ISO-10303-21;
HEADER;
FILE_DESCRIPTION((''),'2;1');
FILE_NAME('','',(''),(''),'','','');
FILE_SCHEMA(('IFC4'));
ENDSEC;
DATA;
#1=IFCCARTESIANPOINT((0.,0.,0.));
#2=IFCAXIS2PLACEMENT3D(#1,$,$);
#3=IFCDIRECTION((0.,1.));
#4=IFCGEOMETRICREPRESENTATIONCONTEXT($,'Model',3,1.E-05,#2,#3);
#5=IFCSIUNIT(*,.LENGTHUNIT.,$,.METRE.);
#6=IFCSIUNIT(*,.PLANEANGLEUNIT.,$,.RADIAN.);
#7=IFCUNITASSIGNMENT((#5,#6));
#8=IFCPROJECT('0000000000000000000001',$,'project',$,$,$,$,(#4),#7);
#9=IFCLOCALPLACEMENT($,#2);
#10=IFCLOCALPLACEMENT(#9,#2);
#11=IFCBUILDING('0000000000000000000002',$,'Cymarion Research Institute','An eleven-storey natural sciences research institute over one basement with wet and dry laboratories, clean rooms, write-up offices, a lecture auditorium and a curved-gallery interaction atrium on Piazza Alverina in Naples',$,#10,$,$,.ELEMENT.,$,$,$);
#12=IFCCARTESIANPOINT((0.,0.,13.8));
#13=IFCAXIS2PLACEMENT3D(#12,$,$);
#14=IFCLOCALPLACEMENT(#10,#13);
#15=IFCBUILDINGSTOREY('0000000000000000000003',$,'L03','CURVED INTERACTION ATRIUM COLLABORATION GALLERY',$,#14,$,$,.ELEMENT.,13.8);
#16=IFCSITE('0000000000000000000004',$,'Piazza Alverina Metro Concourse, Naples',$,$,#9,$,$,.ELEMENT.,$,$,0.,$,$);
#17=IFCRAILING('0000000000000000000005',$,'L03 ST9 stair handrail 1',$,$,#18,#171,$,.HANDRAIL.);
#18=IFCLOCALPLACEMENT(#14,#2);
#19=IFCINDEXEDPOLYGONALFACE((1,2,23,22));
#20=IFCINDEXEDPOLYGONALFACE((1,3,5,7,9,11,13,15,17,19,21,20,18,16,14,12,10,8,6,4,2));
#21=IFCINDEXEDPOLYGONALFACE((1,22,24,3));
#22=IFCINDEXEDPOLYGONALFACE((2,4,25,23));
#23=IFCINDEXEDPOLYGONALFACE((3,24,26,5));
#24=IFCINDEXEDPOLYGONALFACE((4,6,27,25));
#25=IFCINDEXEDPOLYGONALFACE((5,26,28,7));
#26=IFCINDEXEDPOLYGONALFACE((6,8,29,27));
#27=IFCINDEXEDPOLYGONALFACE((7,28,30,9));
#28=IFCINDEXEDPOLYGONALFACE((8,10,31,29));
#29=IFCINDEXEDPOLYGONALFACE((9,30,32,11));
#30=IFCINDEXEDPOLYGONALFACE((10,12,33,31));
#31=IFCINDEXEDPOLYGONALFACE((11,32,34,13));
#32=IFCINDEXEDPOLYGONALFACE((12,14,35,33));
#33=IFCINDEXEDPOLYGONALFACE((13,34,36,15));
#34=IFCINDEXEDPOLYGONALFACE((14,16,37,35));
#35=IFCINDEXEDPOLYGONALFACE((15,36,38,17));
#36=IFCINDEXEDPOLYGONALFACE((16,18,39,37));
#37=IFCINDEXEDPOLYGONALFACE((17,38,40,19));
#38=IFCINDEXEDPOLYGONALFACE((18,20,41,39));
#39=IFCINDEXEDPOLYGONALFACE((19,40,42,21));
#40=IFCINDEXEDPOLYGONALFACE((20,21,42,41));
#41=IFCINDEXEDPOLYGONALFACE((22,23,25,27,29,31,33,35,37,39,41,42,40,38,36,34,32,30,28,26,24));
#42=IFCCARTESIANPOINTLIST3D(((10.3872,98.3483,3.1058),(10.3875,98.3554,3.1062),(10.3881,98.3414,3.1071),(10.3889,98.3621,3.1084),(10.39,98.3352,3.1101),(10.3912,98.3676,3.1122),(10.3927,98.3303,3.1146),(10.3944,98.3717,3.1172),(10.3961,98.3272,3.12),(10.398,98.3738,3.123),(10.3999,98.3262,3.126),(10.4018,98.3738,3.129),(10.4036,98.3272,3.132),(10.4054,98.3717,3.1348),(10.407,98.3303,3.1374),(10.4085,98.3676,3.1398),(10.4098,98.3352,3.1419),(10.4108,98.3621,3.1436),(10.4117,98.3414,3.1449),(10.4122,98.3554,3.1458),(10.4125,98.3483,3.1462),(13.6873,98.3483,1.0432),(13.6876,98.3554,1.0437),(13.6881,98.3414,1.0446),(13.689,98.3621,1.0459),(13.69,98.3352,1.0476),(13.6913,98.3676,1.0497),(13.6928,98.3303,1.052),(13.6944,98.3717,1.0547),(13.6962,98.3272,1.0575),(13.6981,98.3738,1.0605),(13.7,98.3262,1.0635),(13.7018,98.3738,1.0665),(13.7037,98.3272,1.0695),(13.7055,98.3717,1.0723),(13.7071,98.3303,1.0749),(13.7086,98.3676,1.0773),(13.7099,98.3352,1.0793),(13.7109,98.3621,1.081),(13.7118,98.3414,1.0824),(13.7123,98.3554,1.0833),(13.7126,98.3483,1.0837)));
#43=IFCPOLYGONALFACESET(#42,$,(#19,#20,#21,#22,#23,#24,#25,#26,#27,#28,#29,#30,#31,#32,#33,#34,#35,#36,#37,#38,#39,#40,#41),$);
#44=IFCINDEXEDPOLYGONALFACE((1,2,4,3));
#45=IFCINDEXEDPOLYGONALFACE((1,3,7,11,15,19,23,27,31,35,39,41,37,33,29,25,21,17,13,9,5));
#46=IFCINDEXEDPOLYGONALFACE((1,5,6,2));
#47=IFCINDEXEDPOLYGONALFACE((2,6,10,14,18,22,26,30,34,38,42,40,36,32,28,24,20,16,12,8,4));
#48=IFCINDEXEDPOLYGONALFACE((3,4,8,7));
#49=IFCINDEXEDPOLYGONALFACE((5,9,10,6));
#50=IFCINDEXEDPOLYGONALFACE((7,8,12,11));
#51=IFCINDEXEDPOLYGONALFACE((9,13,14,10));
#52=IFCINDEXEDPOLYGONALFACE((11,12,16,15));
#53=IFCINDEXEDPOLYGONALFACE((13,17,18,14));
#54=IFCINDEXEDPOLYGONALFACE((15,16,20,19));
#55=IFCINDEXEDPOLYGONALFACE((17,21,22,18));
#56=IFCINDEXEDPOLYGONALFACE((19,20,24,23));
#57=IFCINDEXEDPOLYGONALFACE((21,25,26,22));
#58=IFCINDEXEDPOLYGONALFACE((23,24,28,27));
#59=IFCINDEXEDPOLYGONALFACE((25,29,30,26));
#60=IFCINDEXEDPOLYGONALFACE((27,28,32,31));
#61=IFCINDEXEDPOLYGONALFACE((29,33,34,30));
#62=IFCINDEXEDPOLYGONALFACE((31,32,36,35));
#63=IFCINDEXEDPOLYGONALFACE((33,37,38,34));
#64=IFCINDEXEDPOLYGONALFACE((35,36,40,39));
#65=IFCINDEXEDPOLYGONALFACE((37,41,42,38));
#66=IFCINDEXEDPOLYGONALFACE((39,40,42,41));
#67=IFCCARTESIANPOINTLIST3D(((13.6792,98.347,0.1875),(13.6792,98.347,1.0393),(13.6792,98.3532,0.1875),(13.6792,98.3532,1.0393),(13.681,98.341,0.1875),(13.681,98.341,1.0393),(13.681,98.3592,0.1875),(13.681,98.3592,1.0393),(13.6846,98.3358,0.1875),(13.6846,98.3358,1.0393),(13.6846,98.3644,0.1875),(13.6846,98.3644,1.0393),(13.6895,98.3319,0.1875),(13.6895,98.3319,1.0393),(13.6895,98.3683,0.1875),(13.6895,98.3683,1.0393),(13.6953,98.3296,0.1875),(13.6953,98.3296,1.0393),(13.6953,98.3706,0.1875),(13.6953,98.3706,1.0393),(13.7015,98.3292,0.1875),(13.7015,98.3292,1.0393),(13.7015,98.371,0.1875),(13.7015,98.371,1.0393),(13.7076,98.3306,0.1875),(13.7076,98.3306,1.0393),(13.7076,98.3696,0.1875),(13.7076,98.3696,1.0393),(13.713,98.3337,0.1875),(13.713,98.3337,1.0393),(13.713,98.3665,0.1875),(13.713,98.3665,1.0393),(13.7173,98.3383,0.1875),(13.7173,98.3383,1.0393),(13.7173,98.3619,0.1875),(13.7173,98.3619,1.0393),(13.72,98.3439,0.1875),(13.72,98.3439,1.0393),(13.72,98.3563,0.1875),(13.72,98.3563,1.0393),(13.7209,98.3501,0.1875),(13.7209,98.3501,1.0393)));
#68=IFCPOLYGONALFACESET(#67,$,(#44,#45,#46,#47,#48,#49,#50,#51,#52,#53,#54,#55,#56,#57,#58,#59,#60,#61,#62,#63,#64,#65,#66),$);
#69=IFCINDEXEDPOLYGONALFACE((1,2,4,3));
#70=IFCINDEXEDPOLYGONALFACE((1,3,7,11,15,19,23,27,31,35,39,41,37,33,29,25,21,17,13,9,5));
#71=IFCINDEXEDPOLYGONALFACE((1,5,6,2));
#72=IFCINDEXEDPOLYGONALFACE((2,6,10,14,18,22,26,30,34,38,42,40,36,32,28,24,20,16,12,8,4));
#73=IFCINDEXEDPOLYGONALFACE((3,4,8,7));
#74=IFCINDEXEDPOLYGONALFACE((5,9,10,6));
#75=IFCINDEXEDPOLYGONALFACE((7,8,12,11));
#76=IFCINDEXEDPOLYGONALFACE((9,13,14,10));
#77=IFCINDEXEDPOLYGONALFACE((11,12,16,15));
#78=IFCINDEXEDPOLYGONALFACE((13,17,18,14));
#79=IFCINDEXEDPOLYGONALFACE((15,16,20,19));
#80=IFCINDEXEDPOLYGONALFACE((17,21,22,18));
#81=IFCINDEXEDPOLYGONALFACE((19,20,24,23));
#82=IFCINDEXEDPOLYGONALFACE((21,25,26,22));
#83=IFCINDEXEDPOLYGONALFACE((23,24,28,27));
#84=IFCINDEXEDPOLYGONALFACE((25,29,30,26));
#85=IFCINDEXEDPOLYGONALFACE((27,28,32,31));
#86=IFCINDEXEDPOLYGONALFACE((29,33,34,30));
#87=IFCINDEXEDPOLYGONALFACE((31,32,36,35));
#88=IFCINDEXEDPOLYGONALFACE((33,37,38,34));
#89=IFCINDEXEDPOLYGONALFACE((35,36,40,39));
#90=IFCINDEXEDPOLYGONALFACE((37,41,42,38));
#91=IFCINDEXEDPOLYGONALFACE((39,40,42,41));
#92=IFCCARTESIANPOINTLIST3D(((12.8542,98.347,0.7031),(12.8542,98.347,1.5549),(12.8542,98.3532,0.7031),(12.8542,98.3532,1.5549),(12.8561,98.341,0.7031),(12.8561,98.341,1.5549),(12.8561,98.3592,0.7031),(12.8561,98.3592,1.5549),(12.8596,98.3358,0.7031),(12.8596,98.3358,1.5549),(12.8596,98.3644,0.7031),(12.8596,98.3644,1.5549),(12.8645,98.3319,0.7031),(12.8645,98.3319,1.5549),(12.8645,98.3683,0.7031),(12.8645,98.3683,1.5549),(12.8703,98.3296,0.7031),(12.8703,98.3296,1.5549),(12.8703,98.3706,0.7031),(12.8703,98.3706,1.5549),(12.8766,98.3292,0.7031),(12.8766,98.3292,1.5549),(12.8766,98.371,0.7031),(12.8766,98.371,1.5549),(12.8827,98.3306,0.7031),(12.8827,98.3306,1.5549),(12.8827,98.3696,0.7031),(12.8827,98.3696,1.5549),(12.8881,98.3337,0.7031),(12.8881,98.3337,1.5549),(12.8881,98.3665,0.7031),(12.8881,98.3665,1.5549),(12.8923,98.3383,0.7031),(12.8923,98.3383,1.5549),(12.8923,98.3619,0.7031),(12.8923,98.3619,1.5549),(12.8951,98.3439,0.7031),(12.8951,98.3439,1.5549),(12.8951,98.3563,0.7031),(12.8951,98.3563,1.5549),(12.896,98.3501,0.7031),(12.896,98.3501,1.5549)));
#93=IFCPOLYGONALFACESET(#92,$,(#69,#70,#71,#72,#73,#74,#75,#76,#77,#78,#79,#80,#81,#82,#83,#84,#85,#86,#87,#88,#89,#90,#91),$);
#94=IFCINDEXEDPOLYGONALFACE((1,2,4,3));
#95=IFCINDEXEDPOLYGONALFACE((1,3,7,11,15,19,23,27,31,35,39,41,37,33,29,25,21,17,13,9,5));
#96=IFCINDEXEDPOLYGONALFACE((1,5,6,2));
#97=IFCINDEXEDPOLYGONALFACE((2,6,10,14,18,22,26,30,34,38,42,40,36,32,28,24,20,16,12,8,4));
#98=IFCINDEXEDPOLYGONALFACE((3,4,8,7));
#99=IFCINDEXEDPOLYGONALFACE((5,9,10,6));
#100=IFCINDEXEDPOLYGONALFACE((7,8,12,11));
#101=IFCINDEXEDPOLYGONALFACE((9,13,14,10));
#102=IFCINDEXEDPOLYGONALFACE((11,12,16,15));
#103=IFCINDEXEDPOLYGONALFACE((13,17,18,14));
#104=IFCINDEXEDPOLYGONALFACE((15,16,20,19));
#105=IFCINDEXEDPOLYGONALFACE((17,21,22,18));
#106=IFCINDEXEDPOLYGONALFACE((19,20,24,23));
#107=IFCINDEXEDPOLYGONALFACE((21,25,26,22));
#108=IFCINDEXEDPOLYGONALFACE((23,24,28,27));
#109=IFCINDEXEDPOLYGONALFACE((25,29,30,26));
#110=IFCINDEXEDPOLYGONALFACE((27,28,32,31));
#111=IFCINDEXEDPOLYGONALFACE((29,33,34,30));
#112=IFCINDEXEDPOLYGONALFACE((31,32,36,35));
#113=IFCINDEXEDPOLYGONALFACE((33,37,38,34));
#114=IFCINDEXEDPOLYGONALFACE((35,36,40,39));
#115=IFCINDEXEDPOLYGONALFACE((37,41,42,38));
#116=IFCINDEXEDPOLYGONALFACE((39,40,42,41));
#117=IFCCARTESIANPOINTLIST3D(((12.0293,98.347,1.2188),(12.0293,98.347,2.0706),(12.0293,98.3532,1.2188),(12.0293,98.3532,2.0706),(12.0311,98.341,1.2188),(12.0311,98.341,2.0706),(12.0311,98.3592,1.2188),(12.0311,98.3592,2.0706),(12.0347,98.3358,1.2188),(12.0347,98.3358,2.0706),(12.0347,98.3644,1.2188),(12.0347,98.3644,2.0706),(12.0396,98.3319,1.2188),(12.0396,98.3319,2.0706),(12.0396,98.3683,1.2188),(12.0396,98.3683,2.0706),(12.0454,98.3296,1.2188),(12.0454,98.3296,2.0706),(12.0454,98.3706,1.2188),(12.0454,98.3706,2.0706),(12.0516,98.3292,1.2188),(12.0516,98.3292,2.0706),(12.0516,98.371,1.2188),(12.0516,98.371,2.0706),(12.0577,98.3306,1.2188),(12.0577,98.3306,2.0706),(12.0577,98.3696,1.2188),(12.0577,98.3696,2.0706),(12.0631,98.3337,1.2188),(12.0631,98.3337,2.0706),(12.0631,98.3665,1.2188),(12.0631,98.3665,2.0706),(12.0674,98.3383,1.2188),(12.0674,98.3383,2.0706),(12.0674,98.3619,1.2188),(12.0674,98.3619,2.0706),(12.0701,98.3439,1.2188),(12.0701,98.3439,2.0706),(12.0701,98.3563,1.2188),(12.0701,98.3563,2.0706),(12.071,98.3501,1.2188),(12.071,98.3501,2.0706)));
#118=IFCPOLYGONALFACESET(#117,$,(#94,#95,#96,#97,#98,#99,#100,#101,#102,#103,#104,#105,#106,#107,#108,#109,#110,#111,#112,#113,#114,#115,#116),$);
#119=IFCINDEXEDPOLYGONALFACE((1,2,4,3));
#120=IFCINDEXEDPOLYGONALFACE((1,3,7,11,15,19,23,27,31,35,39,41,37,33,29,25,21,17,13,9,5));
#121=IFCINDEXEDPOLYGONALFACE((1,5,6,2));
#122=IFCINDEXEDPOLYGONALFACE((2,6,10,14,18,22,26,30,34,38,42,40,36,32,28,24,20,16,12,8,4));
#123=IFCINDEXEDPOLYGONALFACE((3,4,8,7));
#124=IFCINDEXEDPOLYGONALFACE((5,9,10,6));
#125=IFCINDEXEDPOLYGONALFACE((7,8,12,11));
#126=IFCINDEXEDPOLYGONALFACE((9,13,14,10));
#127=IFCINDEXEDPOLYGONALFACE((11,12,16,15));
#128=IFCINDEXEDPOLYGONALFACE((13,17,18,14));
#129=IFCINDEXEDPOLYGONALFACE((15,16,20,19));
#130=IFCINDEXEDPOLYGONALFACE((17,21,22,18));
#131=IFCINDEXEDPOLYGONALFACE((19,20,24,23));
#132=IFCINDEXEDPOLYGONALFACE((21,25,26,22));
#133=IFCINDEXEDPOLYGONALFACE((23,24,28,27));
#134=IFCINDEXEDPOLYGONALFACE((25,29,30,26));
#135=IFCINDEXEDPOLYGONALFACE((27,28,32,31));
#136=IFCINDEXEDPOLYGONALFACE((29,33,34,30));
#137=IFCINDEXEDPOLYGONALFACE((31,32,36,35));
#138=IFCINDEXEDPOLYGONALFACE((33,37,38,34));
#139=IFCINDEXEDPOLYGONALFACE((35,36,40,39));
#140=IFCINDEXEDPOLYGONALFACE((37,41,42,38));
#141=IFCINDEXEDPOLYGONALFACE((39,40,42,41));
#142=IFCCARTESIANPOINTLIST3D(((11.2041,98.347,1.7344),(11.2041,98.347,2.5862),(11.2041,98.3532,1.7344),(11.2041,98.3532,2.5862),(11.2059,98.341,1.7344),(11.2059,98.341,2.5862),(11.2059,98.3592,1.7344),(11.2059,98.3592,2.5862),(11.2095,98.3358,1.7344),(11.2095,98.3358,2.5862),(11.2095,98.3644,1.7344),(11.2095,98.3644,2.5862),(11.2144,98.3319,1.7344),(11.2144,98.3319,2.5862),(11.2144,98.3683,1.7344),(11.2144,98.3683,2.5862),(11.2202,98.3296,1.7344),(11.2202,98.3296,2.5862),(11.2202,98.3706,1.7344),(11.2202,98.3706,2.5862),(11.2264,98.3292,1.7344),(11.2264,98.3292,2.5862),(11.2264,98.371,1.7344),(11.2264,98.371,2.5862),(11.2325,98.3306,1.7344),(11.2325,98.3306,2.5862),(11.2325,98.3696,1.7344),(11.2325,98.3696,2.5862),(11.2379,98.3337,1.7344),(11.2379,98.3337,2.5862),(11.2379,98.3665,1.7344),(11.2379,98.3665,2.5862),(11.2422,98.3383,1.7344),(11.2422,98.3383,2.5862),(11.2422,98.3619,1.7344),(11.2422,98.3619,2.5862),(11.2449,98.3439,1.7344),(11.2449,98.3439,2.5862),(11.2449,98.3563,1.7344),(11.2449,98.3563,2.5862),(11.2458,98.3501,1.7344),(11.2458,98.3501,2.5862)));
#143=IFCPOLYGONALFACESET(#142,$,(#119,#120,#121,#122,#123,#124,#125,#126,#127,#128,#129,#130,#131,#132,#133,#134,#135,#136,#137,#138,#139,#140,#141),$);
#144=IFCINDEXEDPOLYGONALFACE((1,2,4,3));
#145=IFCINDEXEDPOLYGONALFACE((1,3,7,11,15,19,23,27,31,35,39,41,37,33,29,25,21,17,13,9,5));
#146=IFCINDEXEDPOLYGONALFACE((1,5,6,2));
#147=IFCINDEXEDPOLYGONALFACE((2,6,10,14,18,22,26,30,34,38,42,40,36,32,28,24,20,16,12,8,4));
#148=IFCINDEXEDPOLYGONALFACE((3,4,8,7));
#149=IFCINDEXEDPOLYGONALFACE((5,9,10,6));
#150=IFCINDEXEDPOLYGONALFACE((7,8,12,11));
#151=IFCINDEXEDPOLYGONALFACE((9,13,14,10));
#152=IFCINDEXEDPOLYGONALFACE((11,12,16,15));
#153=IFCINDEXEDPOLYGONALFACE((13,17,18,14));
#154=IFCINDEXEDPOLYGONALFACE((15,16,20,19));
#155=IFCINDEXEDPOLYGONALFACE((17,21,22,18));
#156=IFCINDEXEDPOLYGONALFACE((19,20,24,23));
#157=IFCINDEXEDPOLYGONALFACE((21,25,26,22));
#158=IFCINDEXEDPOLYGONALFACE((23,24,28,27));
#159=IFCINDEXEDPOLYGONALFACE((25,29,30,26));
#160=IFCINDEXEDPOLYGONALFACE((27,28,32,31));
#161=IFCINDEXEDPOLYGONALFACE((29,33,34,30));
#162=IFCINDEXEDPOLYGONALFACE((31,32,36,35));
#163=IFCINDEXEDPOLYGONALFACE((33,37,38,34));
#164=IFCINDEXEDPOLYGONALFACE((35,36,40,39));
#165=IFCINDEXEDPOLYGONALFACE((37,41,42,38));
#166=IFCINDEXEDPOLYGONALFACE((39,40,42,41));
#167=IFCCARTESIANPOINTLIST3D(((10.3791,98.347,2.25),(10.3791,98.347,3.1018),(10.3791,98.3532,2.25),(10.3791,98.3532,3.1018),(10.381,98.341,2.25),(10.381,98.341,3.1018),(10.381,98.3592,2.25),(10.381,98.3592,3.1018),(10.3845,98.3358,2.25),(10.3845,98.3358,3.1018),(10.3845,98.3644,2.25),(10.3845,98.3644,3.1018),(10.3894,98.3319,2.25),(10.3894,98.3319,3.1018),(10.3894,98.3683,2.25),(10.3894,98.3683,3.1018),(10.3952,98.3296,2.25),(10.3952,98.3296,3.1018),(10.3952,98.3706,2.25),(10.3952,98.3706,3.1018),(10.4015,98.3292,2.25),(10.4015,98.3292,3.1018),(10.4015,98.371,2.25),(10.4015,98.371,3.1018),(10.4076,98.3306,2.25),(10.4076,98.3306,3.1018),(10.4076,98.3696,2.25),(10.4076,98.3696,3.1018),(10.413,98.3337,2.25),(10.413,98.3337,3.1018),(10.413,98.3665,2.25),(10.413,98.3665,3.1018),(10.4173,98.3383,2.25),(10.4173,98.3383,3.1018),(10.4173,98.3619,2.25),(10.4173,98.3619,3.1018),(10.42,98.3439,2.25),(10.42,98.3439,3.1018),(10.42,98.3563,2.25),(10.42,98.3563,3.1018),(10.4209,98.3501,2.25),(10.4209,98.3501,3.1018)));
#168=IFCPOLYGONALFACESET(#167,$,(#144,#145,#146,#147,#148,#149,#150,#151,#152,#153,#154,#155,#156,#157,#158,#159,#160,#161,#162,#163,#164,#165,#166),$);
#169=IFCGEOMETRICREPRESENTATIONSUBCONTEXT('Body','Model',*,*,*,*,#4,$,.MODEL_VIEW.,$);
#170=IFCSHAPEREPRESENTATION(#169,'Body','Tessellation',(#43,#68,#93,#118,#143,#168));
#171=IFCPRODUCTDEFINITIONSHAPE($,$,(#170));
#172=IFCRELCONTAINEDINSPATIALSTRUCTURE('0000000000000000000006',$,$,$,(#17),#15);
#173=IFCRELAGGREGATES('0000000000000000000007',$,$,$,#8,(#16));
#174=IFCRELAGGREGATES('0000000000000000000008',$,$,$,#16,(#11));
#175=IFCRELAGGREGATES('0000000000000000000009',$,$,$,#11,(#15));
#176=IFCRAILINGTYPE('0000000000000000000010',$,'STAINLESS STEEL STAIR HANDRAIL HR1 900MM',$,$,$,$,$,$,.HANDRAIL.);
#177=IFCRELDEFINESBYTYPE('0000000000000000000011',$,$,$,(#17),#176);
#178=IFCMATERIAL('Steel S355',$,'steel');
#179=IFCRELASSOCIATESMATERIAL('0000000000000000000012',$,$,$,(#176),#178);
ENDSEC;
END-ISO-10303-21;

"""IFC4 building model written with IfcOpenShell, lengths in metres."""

from ifc_helpers import new_model, si_unit, direction, frame, origin, origin_2d, place, context, subcontext, project, spatial, circle, extrude, material, type_object, element, save


model = new_model("IFC4")

# Units and contexts
model_context = context("Model", 3, precision=1e-05, world=origin(), true_north=direction((0.0, 1.0)))
body_context = subcontext(model_context, "Body", "Model", "MODEL_VIEW")
ifc_project = project(units=[si_unit("LENGTHUNIT", "METRE"), si_unit("PLANEANGLEUNIT", "RADIAN")], contexts=[model_context])

# Site, building, storey
site_placement = place(None, origin())
site = spatial("IfcSite", under=ifc_project, at=site_placement, Name="Piazza Alverina Metro Concourse, Naples", CompositionType="ELEMENT", RefElevation=0.0)
building_placement = place(site_placement, origin())
building = spatial("IfcBuilding", under=site, at=building_placement, Name="Cymarion Research Institute", Description="An eleven-storey natural sciences research institute over one basement with wet and dry laboratories, clean rooms, write-up offices, a lecture auditorium and a curved-gallery interaction atrium on Piazza Alverina in Naples", CompositionType="ELEMENT")
storey_placement = place(building_placement, frame((0.0, 0.0, 13.8)))
storey = spatial("IfcBuildingStorey", under=building, at=storey_placement, Name="L03", Description="CURVED INTERACTION ATRIUM COLLABORATION GALLERY", CompositionType="ELEMENT", Elevation=13.8)

# Shared definitions
ifc_material_1 = material(Name="Steel S355", Category="steel")

# Railing
railing_type_1 = type_object("IfcRailingType", Name="STAINLESS STEEL STAIR HANDRAIL HR1 900MM", PredefinedType="HANDRAIL", material=ifc_material_1)
railing_1_placement = place(storey_placement, frame((13.7, 98.3501, 0.1875)))
element("IfcRailing", 1, at=railing_1_placement, inside=storey, type_object=railing_type_1, Name="L03 ST9 stair handrail 1", PredefinedType="HANDRAIL", context=body_context, shape_type="SweptSolid", body=[
    extrude(circle(Radius=0.0239, at=origin_2d()), frame((0.0, 0.0, 0.876), z_axis=(-0.848002, 0.0, 0.529993), x_axis=(0.0, -1.0, 0.0)), (0.0, 0.0, 1.0), 3.8916),
    extrude(circle(Radius=0.021, at=origin_2d()), origin(), (0.0, 0.0, 1.0), 0.8518),
    extrude(circle(Radius=0.021, at=origin_2d()), frame((-0.825, 0.0, 0.5156)), (0.0, 0.0, 1.0), 0.8518),
    extrude(circle(Radius=0.021, at=origin_2d()), frame((-1.6499, 0.0, 1.0312)), (0.0, 0.0, 1.0), 0.8518),
    extrude(circle(Radius=0.021, at=origin_2d()), frame((-2.4751, 0.0, 1.5469)), (0.0, 0.0, 1.0), 0.8518),
    extrude(circle(Radius=0.021, at=origin_2d()), frame((-3.3, 0.0, 2.0625)), (0.0, 0.0, 1.0), 0.8518),
])

save(model, "model.ifc")
